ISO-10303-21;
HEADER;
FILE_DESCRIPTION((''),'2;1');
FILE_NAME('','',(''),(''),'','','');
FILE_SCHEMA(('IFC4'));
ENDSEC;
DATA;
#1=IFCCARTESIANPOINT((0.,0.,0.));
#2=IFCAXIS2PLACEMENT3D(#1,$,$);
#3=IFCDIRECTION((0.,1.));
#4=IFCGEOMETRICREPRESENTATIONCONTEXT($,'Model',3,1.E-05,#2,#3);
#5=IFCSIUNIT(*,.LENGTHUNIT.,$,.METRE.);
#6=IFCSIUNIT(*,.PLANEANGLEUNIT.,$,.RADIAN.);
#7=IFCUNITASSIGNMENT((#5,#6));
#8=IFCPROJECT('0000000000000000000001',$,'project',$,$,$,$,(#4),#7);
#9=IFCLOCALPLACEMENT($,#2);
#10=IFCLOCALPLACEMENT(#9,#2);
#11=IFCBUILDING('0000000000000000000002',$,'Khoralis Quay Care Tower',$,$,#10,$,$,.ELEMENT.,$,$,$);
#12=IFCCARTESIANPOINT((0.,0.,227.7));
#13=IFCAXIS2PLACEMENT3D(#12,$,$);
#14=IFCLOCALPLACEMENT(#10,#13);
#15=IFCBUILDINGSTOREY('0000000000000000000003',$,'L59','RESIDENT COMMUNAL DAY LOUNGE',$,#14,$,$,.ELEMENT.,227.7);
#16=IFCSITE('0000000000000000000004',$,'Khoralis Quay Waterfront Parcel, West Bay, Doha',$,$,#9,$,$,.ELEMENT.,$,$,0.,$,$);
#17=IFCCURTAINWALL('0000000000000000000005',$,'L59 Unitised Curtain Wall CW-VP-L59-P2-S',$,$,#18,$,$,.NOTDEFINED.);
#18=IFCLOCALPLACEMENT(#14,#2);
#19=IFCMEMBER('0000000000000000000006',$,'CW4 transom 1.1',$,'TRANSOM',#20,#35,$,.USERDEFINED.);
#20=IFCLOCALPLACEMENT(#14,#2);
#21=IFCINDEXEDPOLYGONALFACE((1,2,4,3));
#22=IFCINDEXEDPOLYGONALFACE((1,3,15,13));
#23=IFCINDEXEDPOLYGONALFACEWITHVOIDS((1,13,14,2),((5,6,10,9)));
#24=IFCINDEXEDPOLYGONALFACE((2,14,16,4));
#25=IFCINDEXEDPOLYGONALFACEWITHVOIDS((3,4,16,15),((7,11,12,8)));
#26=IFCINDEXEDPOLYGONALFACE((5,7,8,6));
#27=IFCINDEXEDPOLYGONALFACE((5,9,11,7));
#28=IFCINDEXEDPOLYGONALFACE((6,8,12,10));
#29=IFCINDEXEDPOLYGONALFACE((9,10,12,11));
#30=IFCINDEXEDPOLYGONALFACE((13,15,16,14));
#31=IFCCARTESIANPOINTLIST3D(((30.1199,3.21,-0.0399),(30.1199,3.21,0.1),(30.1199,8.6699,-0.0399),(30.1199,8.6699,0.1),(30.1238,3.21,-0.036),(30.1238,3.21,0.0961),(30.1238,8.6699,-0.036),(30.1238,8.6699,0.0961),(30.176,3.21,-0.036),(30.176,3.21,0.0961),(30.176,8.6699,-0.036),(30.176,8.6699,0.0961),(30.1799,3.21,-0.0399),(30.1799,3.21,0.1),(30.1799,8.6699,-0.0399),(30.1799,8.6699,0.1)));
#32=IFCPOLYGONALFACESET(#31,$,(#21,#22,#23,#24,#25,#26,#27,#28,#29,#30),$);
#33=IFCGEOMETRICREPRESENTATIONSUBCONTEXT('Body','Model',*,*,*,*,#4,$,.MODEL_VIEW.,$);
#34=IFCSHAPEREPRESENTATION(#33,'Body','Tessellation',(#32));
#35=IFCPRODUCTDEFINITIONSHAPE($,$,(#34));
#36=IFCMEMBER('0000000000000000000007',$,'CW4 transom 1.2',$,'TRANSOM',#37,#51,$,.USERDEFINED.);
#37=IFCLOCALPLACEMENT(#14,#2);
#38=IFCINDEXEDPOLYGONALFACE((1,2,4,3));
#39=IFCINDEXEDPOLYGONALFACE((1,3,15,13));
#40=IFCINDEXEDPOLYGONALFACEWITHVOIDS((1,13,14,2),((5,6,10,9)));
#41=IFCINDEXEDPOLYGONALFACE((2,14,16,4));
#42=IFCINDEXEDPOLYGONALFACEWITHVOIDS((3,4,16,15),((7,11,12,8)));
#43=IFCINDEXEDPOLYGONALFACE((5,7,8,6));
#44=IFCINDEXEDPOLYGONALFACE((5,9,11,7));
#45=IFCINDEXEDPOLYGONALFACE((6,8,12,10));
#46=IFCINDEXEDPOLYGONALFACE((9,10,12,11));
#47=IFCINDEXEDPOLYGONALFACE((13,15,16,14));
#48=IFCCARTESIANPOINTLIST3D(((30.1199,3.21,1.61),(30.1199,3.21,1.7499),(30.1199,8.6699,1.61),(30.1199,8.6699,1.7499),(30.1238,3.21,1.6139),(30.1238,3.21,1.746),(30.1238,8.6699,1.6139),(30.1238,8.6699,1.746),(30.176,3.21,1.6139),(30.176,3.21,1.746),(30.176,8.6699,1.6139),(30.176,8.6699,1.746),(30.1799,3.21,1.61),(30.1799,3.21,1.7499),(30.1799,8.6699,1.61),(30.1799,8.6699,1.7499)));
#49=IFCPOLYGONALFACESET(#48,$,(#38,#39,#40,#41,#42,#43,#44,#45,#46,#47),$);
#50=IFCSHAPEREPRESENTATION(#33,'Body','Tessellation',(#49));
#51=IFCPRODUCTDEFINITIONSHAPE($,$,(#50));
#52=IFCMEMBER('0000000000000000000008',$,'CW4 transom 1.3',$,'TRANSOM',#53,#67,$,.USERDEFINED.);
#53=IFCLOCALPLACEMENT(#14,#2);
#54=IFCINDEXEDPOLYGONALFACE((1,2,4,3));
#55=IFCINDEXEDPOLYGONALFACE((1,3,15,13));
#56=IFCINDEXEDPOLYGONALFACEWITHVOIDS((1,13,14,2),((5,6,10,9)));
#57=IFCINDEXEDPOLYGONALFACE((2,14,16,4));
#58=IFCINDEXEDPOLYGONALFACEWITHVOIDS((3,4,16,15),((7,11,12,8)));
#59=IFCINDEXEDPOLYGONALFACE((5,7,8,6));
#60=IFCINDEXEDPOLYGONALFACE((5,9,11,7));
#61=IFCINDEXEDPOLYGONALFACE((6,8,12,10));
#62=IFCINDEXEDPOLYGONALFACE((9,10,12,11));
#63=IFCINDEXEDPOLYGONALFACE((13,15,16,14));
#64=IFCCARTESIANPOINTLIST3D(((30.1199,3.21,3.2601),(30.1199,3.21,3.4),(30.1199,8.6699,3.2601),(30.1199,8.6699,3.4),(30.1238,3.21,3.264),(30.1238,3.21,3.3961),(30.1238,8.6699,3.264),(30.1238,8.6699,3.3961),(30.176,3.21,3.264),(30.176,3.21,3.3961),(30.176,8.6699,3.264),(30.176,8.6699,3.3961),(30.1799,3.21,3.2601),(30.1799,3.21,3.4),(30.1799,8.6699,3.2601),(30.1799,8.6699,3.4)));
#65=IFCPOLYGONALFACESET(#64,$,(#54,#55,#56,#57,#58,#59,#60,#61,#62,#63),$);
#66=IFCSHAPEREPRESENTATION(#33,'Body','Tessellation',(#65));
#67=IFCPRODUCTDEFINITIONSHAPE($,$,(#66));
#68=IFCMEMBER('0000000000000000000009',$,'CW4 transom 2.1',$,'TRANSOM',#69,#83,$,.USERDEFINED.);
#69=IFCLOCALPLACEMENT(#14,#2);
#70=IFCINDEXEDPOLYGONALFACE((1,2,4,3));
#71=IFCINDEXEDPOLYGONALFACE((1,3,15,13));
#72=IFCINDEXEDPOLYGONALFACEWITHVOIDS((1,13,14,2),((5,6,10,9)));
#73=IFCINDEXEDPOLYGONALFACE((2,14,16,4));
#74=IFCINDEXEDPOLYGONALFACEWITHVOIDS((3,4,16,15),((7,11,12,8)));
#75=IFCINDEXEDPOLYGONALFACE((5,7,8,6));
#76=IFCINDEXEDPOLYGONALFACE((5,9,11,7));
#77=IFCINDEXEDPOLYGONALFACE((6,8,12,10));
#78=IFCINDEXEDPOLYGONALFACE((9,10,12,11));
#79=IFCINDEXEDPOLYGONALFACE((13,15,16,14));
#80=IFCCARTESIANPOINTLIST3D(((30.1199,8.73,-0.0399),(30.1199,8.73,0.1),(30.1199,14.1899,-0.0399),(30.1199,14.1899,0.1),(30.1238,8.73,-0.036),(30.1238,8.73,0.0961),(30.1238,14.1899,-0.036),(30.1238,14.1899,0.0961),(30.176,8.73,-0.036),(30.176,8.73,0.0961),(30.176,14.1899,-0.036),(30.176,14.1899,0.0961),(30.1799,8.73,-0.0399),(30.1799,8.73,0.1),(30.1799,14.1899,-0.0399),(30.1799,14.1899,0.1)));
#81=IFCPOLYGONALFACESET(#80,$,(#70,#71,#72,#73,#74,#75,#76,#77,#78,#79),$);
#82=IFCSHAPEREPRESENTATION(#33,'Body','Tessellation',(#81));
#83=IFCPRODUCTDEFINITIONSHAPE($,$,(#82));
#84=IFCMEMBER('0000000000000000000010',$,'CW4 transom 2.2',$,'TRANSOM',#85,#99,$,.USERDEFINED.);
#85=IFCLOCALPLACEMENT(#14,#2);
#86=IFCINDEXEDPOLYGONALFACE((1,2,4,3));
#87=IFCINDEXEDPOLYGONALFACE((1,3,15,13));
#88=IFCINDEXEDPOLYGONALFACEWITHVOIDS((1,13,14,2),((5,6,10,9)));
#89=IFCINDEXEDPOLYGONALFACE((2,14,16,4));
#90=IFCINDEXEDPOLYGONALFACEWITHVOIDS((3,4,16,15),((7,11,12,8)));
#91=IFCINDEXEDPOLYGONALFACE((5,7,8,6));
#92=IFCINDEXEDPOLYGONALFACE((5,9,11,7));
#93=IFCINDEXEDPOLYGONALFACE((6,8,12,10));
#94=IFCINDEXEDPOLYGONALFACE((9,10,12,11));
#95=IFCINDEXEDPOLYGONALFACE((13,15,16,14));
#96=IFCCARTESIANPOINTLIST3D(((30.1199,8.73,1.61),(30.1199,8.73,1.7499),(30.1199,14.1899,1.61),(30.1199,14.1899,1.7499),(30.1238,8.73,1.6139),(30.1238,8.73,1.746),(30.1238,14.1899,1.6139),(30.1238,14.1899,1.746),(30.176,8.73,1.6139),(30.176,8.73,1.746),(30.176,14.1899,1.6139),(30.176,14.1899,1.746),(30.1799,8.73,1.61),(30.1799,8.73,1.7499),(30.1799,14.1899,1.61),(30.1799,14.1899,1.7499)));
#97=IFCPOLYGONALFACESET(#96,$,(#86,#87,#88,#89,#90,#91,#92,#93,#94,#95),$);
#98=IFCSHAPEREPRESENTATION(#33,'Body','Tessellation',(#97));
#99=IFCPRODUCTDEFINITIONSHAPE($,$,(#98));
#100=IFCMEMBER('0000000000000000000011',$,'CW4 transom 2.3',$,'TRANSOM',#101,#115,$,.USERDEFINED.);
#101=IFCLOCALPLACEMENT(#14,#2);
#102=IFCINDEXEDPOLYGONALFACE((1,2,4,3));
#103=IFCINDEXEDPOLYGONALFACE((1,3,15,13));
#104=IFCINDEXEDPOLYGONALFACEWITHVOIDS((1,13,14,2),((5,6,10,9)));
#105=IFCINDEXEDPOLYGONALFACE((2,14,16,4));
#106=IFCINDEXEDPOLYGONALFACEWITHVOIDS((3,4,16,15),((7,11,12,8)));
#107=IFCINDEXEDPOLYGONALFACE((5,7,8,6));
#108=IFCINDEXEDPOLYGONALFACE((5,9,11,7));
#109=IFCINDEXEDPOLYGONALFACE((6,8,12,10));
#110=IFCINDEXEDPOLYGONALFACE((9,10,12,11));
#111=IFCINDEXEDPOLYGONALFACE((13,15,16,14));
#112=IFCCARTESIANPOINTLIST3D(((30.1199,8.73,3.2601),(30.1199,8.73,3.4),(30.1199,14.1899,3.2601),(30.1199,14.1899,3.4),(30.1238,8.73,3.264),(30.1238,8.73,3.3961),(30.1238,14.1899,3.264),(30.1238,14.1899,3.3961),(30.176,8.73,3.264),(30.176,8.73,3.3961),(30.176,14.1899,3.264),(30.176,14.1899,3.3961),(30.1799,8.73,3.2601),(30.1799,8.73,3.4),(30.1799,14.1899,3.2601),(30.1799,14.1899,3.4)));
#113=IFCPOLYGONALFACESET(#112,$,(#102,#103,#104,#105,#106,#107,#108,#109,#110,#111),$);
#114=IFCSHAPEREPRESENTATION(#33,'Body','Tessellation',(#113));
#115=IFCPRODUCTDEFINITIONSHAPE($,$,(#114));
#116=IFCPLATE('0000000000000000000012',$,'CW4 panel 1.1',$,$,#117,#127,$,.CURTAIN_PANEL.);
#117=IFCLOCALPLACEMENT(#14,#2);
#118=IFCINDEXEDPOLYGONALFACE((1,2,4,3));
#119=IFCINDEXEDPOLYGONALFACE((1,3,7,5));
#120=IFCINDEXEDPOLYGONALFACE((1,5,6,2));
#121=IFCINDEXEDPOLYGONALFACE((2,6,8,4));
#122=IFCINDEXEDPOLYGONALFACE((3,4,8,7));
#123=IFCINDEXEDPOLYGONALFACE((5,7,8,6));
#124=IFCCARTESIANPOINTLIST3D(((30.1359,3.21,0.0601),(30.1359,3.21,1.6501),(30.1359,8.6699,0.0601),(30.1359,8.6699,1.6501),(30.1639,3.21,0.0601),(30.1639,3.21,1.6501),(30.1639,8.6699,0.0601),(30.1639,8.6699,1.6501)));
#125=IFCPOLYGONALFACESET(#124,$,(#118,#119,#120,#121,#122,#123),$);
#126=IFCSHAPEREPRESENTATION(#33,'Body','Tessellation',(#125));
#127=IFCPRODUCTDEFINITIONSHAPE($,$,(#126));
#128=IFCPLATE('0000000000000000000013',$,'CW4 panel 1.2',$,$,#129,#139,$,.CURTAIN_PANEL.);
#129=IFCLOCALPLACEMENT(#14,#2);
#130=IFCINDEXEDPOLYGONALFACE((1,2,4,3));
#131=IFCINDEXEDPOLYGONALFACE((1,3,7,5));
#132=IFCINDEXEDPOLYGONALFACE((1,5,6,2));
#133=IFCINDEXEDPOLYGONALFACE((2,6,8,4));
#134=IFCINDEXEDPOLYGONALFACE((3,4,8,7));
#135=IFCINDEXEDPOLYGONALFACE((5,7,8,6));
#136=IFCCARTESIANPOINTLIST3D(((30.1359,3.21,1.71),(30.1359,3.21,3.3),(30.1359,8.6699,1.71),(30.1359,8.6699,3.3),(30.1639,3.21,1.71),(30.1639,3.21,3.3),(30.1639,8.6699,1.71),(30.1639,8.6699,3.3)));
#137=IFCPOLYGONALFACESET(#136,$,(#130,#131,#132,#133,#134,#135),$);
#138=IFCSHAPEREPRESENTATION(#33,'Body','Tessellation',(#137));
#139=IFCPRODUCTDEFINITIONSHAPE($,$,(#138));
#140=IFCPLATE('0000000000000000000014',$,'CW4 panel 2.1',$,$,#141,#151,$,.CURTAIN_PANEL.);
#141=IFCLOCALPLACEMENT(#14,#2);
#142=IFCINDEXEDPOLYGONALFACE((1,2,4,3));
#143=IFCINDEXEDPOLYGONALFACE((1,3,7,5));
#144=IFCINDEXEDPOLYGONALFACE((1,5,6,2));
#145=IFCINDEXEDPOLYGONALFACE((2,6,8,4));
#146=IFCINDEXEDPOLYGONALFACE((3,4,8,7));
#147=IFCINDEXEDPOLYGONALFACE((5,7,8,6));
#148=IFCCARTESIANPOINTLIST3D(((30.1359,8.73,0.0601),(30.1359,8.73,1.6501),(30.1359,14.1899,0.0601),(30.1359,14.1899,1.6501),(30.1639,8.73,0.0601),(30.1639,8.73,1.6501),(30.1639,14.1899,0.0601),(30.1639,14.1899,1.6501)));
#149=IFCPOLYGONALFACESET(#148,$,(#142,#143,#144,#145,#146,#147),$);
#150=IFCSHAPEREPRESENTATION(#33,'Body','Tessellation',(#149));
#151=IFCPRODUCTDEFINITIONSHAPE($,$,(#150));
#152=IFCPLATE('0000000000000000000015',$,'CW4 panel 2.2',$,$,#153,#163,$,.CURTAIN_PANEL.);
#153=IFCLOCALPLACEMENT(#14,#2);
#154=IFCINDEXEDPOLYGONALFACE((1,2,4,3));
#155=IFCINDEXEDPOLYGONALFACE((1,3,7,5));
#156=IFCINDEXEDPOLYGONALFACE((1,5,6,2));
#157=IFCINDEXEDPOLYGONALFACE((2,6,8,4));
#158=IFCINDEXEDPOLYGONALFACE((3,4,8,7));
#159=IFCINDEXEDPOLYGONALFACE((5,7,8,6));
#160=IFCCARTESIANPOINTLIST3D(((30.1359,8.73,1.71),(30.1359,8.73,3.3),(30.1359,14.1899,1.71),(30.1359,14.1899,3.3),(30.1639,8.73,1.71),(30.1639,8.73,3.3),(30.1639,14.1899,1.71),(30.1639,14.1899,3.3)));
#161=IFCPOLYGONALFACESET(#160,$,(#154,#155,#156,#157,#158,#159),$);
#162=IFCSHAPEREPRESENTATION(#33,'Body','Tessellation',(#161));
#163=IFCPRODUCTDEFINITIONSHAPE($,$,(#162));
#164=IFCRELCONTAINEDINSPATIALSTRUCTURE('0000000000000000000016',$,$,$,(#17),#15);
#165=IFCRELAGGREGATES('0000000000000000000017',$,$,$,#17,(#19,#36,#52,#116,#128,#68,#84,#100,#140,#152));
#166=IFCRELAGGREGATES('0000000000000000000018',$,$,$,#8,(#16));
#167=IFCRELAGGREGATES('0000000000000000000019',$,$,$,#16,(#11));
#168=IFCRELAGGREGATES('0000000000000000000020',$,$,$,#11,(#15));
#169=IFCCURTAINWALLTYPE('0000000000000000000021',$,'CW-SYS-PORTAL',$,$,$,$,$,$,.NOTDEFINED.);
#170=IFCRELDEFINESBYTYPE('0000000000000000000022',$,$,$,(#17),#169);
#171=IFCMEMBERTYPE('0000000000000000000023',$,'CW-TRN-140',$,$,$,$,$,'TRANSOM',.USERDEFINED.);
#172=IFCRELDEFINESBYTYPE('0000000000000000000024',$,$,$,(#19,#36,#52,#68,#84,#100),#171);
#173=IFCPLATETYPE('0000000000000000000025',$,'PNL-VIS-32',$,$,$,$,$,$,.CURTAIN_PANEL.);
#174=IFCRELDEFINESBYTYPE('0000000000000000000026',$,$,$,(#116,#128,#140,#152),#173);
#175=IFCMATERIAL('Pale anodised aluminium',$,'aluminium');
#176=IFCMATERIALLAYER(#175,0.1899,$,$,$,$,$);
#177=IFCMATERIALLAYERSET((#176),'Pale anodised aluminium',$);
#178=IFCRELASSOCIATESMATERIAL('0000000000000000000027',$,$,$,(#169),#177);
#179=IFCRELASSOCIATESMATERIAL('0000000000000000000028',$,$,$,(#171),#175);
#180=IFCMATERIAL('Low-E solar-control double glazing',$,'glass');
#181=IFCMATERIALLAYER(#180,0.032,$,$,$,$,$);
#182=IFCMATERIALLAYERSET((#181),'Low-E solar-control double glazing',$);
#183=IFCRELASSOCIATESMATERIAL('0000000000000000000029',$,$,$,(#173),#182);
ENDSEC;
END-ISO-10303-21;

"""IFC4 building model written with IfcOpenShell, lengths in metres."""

from ifc_helpers import new_model, si_unit, direction, frame, origin, origin_2d, place, context, subcontext, project, spatial, rectangle, hollow_rectangle, extrude, source, transform, mapped, material, layer, layer_set, material_profile, profile_set, type_object, element, aggregate, save


model = new_model("IFC4")

# Units and contexts
model_context = context("Model", 3, precision=1e-05, world=origin(), true_north=direction((0.0, 1.0)))
body_context = subcontext(model_context, "Body", "Model", "MODEL_VIEW")
ifc_project = project(units=[si_unit("LENGTHUNIT", "METRE"), si_unit("PLANEANGLEUNIT", "RADIAN")], contexts=[model_context])

# Site, building, storey
site_placement = place(None, origin())
site = spatial("IfcSite", under=ifc_project, at=site_placement, Name="Khoralis Quay Waterfront Parcel, West Bay, Doha", CompositionType="ELEMENT", RefElevation=0.0)
building_placement = place(site_placement, origin())
building = spatial("IfcBuilding", under=site, at=building_placement, Name="Khoralis Quay Care Tower", CompositionType="ELEMENT")
storey_placement = place(building_placement, frame((0.0, 0.0, 227.7)))
storey = spatial("IfcBuildingStorey", under=building, at=storey_placement, Name="L59", Description="RESIDENT COMMUNAL DAY LOUNGE", CompositionType="ELEMENT", Elevation=227.7)

# Curtain wall, members, plates
ifc_material_1 = material(Name="Pale anodised aluminium", Category="aluminium")
ifc_layer_1 = layer(ifc_material_1, 0.1899)
ifc_layer_set_1 = layer_set([ifc_layer_1], Name="Pale anodised aluminium")
curtain_wall_type = type_object("IfcCurtainWallType", Name="CW-SYS-PORTAL", PredefinedType="NOTDEFINED", material=ifc_layer_set_1)
curtain_wall_placement = place(storey_placement, origin())
curtain_wall = element("IfcCurtainWall", 1, at=curtain_wall_placement, inside=storey, type_object=curtain_wall_type, Name="L59 Unitised Curtain Wall CW-VP-L59-P2-S", PredefinedType="NOTDEFINED")
ifc_material_profile_1 = material_profile(ifc_material_1, hollow_rectangle(XDim=0.0601, YDim=0.1399, WallThickness=0.0039, at=origin_2d()), Name="Pale anodised aluminium")
ifc_profile_set_1 = profile_set([ifc_material_profile_1], Name="Pale anodised aluminium")
member_type_1 = type_object("IfcMemberType", Name="CW-TRN-140", ElementType="TRANSOM", PredefinedType="USERDEFINED", material=ifc_profile_set_1)
shared_shape_1 = source(origin(), body_context, "Body", "SweptSolid", [
    extrude(hollow_rectangle(XDim=0.0601, YDim=0.1399, WallThickness=0.0039, at=origin_2d()), origin(), (0.0, 0.0, 1.0), 5.46),
])
member_1_placement = place(storey_placement, frame((30.1499, 3.21, 0.03), z_axis=(0.0, 1.0, 0.0), x_axis=(-1.0, 0.0, 0.0)))
member_1 = element("IfcMember", 2, at=member_1_placement, type_object=member_type_1, Name="CW4 transom 1.1", ObjectType="TRANSOM", PredefinedType="USERDEFINED", context=body_context, shape_type="MappedRepresentation", body=[
    mapped(shared_shape_1, transform((0.0, 0.0, 0.0), scale=1.0)),
])
member_2_placement = place(storey_placement, frame((30.1499, 3.21, 1.6799), z_axis=(0.0, 1.0, 0.0), x_axis=(-1.0, 0.0, 0.0)))
member_2 = element("IfcMember", 3, at=member_2_placement, type_object=member_type_1, Name="CW4 transom 1.2", ObjectType="TRANSOM", PredefinedType="USERDEFINED", context=body_context, shape_type="MappedRepresentation", body=[
    mapped(shared_shape_1, transform((0.0, 0.0, 0.0), scale=1.0)),
])
member_3_placement = place(storey_placement, frame((30.1499, 3.21, 3.3301), z_axis=(0.0, 1.0, 0.0), x_axis=(-1.0, 0.0, 0.0)))
member_3 = element("IfcMember", 4, at=member_3_placement, type_object=member_type_1, Name="CW4 transom 1.3", ObjectType="TRANSOM", PredefinedType="USERDEFINED", context=body_context, shape_type="MappedRepresentation", body=[
    mapped(shared_shape_1, transform((0.0, 0.0, 0.0), scale=1.0)),
])
member_4_placement = place(storey_placement, frame((30.1499, 8.73, 0.03), z_axis=(0.0, 1.0, 0.0), x_axis=(-1.0, 0.0, 0.0)))
member_4 = element("IfcMember", 5, at=member_4_placement, type_object=member_type_1, Name="CW4 transom 2.1", ObjectType="TRANSOM", PredefinedType="USERDEFINED", context=body_context, shape_type="MappedRepresentation", body=[
    mapped(shared_shape_1, transform((0.0, 0.0, 0.0), scale=1.0)),
])
member_5_placement = place(storey_placement, frame((30.1499, 8.73, 1.6799), z_axis=(0.0, 1.0, 0.0), x_axis=(-1.0, 0.0, 0.0)))
member_5 = element("IfcMember", 6, at=member_5_placement, type_object=member_type_1, Name="CW4 transom 2.2", ObjectType="TRANSOM", PredefinedType="USERDEFINED", context=body_context, shape_type="MappedRepresentation", body=[
    mapped(shared_shape_1, transform((0.0, 0.0, 0.0), scale=1.0)),
])
member_6_placement = place(storey_placement, frame((30.1499, 8.73, 3.3301), z_axis=(0.0, 1.0, 0.0), x_axis=(-1.0, 0.0, 0.0)))
member_6 = element("IfcMember", 7, at=member_6_placement, type_object=member_type_1, Name="CW4 transom 2.3", ObjectType="TRANSOM", PredefinedType="USERDEFINED", context=body_context, shape_type="MappedRepresentation", body=[
    mapped(shared_shape_1, transform((0.0, 0.0, 0.0), scale=1.0)),
])
ifc_material_2 = material(Name="Low-E solar-control double glazing", Category="glass")
ifc_layer_2 = layer(ifc_material_2, 0.032)
ifc_layer_set_2 = layer_set([ifc_layer_2], Name="Low-E solar-control double glazing")
plate_type = type_object("IfcPlateType", Name="PNL-VIS-32", PredefinedType="CURTAIN_PANEL", material=ifc_layer_set_2)
shared_shape_2 = source(origin(), body_context, "Body", "SweptSolid", [
    extrude(rectangle(XDim=5.46, YDim=0.0281, at=origin_2d()), origin(), (0.0, 0.0, 1.0), 1.5901),
])
plate_1_placement = place(storey_placement, frame((30.1499, 5.9399, 0.0601), z_axis=(0.0, 0.0, 1.0), x_axis=(0.0, 1.0, 0.0)))
plate_1 = element("IfcPlate", 8, at=plate_1_placement, type_object=plate_type, Name="CW4 panel 1.1", PredefinedType="CURTAIN_PANEL", context=body_context, shape_type="MappedRepresentation", body=[
    mapped(shared_shape_2, transform((0.0, 0.0, 0.0), scale=1.0)),
])
plate_2_placement = place(storey_placement, frame((30.1499, 5.9399, 1.71), z_axis=(0.0, 0.0, 1.0), x_axis=(0.0, 1.0, 0.0)))
plate_2 = element("IfcPlate", 9, at=plate_2_placement, type_object=plate_type, Name="CW4 panel 1.2", PredefinedType="CURTAIN_PANEL", context=body_context, shape_type="MappedRepresentation", body=[
    mapped(shared_shape_2, transform((0.0, 0.0, 0.0), scale=1.0)),
])
plate_3_placement = place(storey_placement, frame((30.1499, 11.46, 0.0601), z_axis=(0.0, 0.0, 1.0), x_axis=(0.0, 1.0, 0.0)))
plate_3 = element("IfcPlate", 10, at=plate_3_placement, type_object=plate_type, Name="CW4 panel 2.1", PredefinedType="CURTAIN_PANEL", context=body_context, shape_type="MappedRepresentation", body=[
    mapped(shared_shape_2, transform((0.0, 0.0, 0.0), scale=1.0)),
])
plate_4_placement = place(storey_placement, frame((30.1499, 11.46, 1.71), z_axis=(0.0, 0.0, 1.0), x_axis=(0.0, 1.0, 0.0)))
plate_4 = element("IfcPlate", 11, at=plate_4_placement, type_object=plate_type, Name="CW4 panel 2.2", PredefinedType="CURTAIN_PANEL", context=body_context, shape_type="MappedRepresentation", body=[
    mapped(shared_shape_2, transform((0.0, 0.0, 0.0), scale=1.0)),
])
aggregate(curtain_wall, [member_1, member_2, member_3, plate_1, plate_2, member_4, member_5, member_6, plate_3, plate_4])

save(model, "model.ifc")
